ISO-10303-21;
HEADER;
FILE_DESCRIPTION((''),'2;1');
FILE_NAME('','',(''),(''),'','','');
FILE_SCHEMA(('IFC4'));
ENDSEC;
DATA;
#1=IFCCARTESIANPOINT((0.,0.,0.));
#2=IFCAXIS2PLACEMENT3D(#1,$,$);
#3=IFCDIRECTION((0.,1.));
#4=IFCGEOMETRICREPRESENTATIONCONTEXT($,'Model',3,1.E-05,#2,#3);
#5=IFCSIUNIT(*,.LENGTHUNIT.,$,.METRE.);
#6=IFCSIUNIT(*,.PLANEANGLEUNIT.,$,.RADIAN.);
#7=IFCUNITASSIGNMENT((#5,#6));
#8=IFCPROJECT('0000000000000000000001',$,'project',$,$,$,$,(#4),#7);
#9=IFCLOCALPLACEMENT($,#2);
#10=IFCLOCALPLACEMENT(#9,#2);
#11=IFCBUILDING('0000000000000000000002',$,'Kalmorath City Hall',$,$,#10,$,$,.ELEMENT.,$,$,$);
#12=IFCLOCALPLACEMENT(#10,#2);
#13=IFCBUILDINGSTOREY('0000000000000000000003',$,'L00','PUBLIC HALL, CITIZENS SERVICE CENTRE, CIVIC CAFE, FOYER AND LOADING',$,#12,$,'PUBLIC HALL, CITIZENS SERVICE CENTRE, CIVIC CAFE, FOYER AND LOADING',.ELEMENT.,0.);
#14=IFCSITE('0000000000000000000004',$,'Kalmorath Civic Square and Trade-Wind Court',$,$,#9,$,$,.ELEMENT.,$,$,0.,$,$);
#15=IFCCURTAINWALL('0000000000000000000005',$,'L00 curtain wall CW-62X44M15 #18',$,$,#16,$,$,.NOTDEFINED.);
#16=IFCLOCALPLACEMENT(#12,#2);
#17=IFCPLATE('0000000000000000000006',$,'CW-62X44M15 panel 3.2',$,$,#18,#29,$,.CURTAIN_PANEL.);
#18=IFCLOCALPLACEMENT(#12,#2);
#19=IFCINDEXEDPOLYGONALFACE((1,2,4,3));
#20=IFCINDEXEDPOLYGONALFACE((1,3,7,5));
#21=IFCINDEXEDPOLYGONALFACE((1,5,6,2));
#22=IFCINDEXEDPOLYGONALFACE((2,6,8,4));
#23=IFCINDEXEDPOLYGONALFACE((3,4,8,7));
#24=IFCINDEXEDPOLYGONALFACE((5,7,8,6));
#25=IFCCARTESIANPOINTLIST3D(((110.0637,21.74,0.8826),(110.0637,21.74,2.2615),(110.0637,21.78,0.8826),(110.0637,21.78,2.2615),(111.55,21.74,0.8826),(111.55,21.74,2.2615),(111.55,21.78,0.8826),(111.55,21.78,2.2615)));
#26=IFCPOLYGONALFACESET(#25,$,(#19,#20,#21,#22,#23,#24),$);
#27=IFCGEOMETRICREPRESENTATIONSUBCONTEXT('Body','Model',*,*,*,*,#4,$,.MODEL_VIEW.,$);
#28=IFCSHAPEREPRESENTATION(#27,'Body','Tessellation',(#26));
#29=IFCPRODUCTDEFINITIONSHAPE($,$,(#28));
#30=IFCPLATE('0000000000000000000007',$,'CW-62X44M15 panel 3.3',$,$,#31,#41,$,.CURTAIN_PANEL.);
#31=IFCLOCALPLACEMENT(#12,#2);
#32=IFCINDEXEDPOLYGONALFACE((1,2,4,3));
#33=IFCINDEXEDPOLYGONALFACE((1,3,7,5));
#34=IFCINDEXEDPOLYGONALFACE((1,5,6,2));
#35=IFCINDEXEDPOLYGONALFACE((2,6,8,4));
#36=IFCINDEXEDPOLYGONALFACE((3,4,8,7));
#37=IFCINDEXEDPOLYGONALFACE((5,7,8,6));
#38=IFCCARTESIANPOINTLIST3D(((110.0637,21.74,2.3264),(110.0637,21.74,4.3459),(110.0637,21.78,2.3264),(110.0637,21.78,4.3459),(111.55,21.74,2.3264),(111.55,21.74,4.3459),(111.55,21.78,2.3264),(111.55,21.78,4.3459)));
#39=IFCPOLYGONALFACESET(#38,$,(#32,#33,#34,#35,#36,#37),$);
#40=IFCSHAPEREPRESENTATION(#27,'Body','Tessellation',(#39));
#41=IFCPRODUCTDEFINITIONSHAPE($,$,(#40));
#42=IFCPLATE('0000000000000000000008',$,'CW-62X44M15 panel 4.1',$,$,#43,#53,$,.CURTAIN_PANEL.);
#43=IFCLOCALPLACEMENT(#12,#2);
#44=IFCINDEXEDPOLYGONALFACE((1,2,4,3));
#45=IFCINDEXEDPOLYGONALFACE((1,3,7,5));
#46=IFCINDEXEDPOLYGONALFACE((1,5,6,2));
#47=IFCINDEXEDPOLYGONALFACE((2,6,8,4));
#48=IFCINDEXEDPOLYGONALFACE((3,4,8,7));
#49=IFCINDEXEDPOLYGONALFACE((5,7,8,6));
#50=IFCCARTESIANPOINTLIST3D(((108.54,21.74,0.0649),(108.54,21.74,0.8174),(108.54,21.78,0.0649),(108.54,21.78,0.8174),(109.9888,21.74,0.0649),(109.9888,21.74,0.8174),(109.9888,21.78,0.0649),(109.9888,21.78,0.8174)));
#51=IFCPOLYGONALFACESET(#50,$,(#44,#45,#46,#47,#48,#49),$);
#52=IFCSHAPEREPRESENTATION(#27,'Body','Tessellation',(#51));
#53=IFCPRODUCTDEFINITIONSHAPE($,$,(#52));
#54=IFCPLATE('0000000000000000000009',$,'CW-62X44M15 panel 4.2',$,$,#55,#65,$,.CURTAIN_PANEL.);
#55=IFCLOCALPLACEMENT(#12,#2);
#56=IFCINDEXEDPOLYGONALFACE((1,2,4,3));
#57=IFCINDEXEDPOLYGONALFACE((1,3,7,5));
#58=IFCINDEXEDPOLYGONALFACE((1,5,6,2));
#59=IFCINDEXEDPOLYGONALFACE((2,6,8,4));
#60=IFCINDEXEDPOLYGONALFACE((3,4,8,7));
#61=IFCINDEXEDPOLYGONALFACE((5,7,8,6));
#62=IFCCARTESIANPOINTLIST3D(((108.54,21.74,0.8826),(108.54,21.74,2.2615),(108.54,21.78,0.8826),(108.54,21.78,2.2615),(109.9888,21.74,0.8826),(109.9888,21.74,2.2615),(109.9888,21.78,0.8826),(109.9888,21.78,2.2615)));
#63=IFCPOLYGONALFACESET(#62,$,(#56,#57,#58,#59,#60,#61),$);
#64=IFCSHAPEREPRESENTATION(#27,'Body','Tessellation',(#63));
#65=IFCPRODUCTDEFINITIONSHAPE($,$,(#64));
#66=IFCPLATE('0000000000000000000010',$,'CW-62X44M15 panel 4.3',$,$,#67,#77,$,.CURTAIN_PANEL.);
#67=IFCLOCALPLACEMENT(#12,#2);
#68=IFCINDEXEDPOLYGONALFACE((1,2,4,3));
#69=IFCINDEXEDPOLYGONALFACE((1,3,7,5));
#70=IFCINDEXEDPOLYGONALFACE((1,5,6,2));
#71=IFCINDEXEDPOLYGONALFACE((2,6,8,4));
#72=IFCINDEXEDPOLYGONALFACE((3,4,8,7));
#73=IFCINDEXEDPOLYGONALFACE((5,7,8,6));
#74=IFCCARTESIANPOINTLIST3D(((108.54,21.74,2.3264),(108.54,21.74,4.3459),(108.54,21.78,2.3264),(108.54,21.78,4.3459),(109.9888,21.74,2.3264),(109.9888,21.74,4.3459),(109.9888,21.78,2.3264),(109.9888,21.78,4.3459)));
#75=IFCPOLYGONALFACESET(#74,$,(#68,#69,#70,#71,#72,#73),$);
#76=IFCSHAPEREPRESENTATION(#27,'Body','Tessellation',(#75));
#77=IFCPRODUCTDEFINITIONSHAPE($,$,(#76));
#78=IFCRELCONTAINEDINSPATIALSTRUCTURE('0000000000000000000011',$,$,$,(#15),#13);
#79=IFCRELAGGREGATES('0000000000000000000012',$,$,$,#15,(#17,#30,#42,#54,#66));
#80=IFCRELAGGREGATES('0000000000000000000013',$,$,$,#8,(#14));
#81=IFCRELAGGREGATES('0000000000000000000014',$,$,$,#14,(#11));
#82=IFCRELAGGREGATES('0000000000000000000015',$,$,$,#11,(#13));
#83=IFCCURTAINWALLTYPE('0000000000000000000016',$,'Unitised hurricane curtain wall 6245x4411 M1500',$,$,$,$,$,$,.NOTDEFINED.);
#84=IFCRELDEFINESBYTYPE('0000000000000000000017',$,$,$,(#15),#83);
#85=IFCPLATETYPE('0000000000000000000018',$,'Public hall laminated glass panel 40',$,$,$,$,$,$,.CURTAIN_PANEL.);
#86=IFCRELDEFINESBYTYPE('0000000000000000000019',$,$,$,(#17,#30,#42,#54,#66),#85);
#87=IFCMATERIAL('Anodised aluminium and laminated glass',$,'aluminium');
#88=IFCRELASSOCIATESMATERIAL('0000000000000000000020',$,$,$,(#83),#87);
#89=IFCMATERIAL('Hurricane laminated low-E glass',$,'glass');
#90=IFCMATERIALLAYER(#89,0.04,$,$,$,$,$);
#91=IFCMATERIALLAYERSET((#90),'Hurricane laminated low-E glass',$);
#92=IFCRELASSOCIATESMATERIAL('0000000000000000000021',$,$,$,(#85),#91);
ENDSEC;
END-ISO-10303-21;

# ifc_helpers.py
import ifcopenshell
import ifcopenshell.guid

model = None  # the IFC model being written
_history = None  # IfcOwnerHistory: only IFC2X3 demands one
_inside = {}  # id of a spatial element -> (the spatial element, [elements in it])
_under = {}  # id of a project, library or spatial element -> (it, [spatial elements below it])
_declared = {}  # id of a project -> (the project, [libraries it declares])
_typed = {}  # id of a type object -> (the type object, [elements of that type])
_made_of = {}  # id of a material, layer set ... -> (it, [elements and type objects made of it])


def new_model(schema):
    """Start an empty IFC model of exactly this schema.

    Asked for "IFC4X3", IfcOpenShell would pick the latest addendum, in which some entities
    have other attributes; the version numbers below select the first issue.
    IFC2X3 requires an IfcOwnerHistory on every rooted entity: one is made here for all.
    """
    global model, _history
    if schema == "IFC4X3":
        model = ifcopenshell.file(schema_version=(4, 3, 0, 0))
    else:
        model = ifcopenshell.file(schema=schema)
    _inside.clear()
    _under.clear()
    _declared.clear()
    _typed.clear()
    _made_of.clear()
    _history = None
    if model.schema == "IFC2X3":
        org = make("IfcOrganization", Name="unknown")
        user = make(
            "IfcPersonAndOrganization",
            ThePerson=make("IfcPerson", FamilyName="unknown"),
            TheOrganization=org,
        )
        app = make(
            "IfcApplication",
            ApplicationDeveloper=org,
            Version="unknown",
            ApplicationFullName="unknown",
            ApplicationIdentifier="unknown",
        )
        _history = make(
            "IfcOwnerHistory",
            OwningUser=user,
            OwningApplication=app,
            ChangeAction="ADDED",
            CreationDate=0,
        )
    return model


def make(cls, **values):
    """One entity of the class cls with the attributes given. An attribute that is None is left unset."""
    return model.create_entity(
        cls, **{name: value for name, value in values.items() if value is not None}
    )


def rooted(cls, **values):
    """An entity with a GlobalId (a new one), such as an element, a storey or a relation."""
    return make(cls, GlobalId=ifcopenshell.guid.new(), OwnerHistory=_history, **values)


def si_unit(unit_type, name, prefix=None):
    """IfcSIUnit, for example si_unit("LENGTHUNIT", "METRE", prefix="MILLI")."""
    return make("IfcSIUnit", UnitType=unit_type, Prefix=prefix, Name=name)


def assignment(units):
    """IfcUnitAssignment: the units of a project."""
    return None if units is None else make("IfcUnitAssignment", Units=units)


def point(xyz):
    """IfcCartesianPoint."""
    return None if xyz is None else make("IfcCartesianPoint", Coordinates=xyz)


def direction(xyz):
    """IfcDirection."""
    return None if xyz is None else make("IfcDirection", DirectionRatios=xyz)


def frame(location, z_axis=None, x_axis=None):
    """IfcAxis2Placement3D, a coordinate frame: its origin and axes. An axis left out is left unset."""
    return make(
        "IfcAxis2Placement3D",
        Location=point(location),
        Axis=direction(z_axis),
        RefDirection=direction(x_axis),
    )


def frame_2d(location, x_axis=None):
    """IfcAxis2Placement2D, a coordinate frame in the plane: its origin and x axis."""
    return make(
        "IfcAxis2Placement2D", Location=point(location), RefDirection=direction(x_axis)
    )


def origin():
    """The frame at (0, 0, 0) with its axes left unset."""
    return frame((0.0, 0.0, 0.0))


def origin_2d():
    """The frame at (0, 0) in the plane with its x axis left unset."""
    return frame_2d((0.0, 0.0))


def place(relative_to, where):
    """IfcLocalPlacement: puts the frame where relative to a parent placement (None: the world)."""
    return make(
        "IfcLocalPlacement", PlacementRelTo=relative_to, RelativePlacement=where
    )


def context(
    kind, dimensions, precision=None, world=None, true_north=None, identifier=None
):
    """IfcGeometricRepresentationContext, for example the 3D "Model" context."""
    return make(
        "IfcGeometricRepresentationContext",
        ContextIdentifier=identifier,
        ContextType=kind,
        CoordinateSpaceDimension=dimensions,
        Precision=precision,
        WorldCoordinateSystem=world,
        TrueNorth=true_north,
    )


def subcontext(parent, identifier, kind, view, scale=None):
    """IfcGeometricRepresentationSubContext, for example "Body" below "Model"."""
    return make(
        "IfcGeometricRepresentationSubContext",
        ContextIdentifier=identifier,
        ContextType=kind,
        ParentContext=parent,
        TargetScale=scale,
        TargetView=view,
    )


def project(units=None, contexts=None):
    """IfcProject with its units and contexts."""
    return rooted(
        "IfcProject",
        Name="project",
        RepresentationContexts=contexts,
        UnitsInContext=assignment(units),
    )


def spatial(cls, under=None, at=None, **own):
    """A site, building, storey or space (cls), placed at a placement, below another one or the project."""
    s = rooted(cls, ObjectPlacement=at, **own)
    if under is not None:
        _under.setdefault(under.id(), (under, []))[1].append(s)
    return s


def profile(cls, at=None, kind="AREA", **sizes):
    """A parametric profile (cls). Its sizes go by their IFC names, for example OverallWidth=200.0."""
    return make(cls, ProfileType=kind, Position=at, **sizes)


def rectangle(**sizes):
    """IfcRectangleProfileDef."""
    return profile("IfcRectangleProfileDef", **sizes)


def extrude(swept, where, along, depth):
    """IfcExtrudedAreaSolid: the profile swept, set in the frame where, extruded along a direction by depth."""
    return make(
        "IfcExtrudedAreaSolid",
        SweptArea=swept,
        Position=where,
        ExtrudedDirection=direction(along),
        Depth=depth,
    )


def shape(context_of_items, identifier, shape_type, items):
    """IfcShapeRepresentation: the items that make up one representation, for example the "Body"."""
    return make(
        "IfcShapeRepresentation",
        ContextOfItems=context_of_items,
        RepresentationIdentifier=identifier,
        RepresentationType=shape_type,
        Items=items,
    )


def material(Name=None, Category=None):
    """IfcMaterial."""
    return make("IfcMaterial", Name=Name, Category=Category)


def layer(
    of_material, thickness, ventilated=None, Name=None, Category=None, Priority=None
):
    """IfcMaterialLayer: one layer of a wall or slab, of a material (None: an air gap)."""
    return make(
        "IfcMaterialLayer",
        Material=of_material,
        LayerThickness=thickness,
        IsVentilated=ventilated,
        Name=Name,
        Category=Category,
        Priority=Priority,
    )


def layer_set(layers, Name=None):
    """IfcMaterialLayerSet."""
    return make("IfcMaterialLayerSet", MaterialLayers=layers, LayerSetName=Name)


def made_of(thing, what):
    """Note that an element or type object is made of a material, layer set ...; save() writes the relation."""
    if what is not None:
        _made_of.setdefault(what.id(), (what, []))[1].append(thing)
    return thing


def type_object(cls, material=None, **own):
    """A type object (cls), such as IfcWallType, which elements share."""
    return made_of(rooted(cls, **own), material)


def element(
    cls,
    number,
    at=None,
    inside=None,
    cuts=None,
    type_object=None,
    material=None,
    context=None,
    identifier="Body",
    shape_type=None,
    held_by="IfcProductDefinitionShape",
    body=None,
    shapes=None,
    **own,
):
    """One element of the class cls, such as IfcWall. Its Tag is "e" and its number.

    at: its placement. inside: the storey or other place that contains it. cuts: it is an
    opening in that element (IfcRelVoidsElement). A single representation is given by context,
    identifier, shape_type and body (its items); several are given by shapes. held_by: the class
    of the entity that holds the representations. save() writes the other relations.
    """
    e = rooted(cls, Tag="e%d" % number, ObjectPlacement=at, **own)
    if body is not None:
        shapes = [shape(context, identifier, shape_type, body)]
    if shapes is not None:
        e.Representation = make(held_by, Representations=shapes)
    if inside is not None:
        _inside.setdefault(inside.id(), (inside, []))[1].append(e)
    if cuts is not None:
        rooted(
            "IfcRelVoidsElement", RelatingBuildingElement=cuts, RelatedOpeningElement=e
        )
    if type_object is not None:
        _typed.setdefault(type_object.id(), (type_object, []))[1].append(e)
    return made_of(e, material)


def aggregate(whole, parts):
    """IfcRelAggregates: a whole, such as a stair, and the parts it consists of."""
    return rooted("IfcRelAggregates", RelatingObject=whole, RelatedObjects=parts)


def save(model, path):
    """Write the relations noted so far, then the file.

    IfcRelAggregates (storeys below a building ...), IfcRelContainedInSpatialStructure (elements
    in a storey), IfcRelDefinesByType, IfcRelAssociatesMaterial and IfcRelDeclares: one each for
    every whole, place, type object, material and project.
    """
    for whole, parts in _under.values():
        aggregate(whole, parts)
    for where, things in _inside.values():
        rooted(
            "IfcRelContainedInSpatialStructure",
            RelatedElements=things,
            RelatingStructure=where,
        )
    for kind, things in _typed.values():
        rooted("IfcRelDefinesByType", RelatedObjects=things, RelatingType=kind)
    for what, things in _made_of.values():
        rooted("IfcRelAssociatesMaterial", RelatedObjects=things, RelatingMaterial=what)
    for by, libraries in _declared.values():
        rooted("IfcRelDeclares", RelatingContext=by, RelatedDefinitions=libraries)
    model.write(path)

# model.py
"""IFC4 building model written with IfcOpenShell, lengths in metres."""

from ifc_helpers import new_model, si_unit, direction, frame, origin, origin_2d, place, context, subcontext, project, spatial, rectangle, extrude, material, layer, layer_set, type_object, element, aggregate, save


model = new_model("IFC4")

# Units and contexts
model_context = context("Model", 3, precision=1e-05, world=origin(), true_north=direction((0.0, 1.0)))
body_context = subcontext(model_context, "Body", "Model", "MODEL_VIEW")
ifc_project = project(units=[si_unit("LENGTHUNIT", "METRE"), si_unit("PLANEANGLEUNIT", "RADIAN")], contexts=[model_context])

# Site, building, storey
site_placement = place(None, origin())
site = spatial("IfcSite", under=ifc_project, at=site_placement, Name="Kalmorath Civic Square and Trade-Wind Court", CompositionType="ELEMENT", RefElevation=0.0)
building_placement = place(site_placement, origin())
building = spatial("IfcBuilding", under=site, at=building_placement, Name="Kalmorath City Hall", CompositionType="ELEMENT")
storey_placement = place(building_placement, origin())
storey = spatial("IfcBuildingStorey", under=building, at=storey_placement, Name="L00", Description="PUBLIC HALL, CITIZENS SERVICE CENTRE, CIVIC CAFE, FOYER AND LOADING", LongName="PUBLIC HALL, CITIZENS SERVICE CENTRE, CIVIC CAFE, FOYER AND LOADING", CompositionType="ELEMENT", Elevation=0.0)

# Curtain wall
ifc_material_1 = material(Name="Anodised aluminium and laminated glass", Category="aluminium")
curtain_wall_type_1 = type_object("IfcCurtainWallType", Name="Unitised hurricane curtain wall 6245x4411 M1500", PredefinedType="NOTDEFINED", material=ifc_material_1)
curtain_wall_1_placement = place(storey_placement, origin())
curtain_wall_1 = element("IfcCurtainWall", 1, at=curtain_wall_1_placement, inside=storey, type_object=curtain_wall_type_1, Name="L00 curtain wall CW-62X44M15 #18", PredefinedType="NOTDEFINED")

# Plates
ifc_material_2 = material(Name="Hurricane laminated low-E glass", Category="glass")
ifc_layer = layer(ifc_material_2, 0.04)
ifc_layer_set = layer_set([ifc_layer], Name="Hurricane laminated low-E glass")
plate_type = type_object("IfcPlateType", Name="Public hall laminated glass panel 40", PredefinedType="CURTAIN_PANEL", material=ifc_layer_set)
plate_1_placement = place(storey_placement, frame((110.8069, 21.76, 0.8826), z_axis=(0.0, 0.0, 1.0), x_axis=(-1.0, 0.0, 0.0)))
plate_1 = element("IfcPlate", 2, at=plate_1_placement, type_object=plate_type, Name="CW-62X44M15 panel 3.2", PredefinedType="CURTAIN_PANEL", context=body_context, shape_type="SweptSolid", body=[
    extrude(rectangle(XDim=1.4863, YDim=0.04, at=origin_2d()), origin(), (0.0, 0.0, 1.0), 1.3789),
])
plate_2_placement = place(storey_placement, frame((110.8069, 21.76, 2.3264), z_axis=(0.0, 0.0, 1.0), x_axis=(-1.0, 0.0, 0.0)))
plate_2 = element("IfcPlate", 3, at=plate_2_placement, type_object=plate_type, Name="CW-62X44M15 panel 3.3", PredefinedType="CURTAIN_PANEL", context=body_context, shape_type="SweptSolid", body=[
    extrude(rectangle(XDim=1.4863, YDim=0.04, at=origin_2d()), origin(), (0.0, 0.0, 1.0), 2.0195),
])
plate_3_placement = place(storey_placement, frame((109.2644, 21.76, 0.0649), z_axis=(0.0, 0.0, 1.0), x_axis=(-1.0, 0.0, 0.0)))
plate_3 = element("IfcPlate", 4, at=plate_3_placement, type_object=plate_type, Name="CW-62X44M15 panel 4.1", PredefinedType="CURTAIN_PANEL", context=body_context, shape_type="SweptSolid", body=[
    extrude(rectangle(XDim=1.4487, YDim=0.04, at=origin_2d()), origin(), (0.0, 0.0, 1.0), 0.7524),
])
plate_4_placement = place(storey_placement, frame((109.2644, 21.76, 0.8826), z_axis=(0.0, 0.0, 1.0), x_axis=(-1.0, 0.0, 0.0)))
plate_4 = element("IfcPlate", 5, at=plate_4_placement, type_object=plate_type, Name="CW-62X44M15 panel 4.2", PredefinedType="CURTAIN_PANEL", context=body_context, shape_type="SweptSolid", body=[
    extrude(rectangle(XDim=1.4487, YDim=0.04, at=origin_2d()), origin(), (0.0, 0.0, 1.0), 1.3789),
])
plate_5_placement = place(storey_placement, frame((109.2644, 21.76, 2.3264), z_axis=(0.0, 0.0, 1.0), x_axis=(-1.0, 0.0, 0.0)))
plate_5 = element("IfcPlate", 6, at=plate_5_placement, type_object=plate_type, Name="CW-62X44M15 panel 4.3", PredefinedType="CURTAIN_PANEL", context=body_context, shape_type="SweptSolid", body=[
    extrude(rectangle(XDim=1.4487, YDim=0.04, at=origin_2d()), origin(), (0.0, 0.0, 1.0), 2.0195),
])
aggregate(curtain_wall_1, [plate_1, plate_2, plate_3, plate_4, plate_5])

save(model, "model.ifc")
